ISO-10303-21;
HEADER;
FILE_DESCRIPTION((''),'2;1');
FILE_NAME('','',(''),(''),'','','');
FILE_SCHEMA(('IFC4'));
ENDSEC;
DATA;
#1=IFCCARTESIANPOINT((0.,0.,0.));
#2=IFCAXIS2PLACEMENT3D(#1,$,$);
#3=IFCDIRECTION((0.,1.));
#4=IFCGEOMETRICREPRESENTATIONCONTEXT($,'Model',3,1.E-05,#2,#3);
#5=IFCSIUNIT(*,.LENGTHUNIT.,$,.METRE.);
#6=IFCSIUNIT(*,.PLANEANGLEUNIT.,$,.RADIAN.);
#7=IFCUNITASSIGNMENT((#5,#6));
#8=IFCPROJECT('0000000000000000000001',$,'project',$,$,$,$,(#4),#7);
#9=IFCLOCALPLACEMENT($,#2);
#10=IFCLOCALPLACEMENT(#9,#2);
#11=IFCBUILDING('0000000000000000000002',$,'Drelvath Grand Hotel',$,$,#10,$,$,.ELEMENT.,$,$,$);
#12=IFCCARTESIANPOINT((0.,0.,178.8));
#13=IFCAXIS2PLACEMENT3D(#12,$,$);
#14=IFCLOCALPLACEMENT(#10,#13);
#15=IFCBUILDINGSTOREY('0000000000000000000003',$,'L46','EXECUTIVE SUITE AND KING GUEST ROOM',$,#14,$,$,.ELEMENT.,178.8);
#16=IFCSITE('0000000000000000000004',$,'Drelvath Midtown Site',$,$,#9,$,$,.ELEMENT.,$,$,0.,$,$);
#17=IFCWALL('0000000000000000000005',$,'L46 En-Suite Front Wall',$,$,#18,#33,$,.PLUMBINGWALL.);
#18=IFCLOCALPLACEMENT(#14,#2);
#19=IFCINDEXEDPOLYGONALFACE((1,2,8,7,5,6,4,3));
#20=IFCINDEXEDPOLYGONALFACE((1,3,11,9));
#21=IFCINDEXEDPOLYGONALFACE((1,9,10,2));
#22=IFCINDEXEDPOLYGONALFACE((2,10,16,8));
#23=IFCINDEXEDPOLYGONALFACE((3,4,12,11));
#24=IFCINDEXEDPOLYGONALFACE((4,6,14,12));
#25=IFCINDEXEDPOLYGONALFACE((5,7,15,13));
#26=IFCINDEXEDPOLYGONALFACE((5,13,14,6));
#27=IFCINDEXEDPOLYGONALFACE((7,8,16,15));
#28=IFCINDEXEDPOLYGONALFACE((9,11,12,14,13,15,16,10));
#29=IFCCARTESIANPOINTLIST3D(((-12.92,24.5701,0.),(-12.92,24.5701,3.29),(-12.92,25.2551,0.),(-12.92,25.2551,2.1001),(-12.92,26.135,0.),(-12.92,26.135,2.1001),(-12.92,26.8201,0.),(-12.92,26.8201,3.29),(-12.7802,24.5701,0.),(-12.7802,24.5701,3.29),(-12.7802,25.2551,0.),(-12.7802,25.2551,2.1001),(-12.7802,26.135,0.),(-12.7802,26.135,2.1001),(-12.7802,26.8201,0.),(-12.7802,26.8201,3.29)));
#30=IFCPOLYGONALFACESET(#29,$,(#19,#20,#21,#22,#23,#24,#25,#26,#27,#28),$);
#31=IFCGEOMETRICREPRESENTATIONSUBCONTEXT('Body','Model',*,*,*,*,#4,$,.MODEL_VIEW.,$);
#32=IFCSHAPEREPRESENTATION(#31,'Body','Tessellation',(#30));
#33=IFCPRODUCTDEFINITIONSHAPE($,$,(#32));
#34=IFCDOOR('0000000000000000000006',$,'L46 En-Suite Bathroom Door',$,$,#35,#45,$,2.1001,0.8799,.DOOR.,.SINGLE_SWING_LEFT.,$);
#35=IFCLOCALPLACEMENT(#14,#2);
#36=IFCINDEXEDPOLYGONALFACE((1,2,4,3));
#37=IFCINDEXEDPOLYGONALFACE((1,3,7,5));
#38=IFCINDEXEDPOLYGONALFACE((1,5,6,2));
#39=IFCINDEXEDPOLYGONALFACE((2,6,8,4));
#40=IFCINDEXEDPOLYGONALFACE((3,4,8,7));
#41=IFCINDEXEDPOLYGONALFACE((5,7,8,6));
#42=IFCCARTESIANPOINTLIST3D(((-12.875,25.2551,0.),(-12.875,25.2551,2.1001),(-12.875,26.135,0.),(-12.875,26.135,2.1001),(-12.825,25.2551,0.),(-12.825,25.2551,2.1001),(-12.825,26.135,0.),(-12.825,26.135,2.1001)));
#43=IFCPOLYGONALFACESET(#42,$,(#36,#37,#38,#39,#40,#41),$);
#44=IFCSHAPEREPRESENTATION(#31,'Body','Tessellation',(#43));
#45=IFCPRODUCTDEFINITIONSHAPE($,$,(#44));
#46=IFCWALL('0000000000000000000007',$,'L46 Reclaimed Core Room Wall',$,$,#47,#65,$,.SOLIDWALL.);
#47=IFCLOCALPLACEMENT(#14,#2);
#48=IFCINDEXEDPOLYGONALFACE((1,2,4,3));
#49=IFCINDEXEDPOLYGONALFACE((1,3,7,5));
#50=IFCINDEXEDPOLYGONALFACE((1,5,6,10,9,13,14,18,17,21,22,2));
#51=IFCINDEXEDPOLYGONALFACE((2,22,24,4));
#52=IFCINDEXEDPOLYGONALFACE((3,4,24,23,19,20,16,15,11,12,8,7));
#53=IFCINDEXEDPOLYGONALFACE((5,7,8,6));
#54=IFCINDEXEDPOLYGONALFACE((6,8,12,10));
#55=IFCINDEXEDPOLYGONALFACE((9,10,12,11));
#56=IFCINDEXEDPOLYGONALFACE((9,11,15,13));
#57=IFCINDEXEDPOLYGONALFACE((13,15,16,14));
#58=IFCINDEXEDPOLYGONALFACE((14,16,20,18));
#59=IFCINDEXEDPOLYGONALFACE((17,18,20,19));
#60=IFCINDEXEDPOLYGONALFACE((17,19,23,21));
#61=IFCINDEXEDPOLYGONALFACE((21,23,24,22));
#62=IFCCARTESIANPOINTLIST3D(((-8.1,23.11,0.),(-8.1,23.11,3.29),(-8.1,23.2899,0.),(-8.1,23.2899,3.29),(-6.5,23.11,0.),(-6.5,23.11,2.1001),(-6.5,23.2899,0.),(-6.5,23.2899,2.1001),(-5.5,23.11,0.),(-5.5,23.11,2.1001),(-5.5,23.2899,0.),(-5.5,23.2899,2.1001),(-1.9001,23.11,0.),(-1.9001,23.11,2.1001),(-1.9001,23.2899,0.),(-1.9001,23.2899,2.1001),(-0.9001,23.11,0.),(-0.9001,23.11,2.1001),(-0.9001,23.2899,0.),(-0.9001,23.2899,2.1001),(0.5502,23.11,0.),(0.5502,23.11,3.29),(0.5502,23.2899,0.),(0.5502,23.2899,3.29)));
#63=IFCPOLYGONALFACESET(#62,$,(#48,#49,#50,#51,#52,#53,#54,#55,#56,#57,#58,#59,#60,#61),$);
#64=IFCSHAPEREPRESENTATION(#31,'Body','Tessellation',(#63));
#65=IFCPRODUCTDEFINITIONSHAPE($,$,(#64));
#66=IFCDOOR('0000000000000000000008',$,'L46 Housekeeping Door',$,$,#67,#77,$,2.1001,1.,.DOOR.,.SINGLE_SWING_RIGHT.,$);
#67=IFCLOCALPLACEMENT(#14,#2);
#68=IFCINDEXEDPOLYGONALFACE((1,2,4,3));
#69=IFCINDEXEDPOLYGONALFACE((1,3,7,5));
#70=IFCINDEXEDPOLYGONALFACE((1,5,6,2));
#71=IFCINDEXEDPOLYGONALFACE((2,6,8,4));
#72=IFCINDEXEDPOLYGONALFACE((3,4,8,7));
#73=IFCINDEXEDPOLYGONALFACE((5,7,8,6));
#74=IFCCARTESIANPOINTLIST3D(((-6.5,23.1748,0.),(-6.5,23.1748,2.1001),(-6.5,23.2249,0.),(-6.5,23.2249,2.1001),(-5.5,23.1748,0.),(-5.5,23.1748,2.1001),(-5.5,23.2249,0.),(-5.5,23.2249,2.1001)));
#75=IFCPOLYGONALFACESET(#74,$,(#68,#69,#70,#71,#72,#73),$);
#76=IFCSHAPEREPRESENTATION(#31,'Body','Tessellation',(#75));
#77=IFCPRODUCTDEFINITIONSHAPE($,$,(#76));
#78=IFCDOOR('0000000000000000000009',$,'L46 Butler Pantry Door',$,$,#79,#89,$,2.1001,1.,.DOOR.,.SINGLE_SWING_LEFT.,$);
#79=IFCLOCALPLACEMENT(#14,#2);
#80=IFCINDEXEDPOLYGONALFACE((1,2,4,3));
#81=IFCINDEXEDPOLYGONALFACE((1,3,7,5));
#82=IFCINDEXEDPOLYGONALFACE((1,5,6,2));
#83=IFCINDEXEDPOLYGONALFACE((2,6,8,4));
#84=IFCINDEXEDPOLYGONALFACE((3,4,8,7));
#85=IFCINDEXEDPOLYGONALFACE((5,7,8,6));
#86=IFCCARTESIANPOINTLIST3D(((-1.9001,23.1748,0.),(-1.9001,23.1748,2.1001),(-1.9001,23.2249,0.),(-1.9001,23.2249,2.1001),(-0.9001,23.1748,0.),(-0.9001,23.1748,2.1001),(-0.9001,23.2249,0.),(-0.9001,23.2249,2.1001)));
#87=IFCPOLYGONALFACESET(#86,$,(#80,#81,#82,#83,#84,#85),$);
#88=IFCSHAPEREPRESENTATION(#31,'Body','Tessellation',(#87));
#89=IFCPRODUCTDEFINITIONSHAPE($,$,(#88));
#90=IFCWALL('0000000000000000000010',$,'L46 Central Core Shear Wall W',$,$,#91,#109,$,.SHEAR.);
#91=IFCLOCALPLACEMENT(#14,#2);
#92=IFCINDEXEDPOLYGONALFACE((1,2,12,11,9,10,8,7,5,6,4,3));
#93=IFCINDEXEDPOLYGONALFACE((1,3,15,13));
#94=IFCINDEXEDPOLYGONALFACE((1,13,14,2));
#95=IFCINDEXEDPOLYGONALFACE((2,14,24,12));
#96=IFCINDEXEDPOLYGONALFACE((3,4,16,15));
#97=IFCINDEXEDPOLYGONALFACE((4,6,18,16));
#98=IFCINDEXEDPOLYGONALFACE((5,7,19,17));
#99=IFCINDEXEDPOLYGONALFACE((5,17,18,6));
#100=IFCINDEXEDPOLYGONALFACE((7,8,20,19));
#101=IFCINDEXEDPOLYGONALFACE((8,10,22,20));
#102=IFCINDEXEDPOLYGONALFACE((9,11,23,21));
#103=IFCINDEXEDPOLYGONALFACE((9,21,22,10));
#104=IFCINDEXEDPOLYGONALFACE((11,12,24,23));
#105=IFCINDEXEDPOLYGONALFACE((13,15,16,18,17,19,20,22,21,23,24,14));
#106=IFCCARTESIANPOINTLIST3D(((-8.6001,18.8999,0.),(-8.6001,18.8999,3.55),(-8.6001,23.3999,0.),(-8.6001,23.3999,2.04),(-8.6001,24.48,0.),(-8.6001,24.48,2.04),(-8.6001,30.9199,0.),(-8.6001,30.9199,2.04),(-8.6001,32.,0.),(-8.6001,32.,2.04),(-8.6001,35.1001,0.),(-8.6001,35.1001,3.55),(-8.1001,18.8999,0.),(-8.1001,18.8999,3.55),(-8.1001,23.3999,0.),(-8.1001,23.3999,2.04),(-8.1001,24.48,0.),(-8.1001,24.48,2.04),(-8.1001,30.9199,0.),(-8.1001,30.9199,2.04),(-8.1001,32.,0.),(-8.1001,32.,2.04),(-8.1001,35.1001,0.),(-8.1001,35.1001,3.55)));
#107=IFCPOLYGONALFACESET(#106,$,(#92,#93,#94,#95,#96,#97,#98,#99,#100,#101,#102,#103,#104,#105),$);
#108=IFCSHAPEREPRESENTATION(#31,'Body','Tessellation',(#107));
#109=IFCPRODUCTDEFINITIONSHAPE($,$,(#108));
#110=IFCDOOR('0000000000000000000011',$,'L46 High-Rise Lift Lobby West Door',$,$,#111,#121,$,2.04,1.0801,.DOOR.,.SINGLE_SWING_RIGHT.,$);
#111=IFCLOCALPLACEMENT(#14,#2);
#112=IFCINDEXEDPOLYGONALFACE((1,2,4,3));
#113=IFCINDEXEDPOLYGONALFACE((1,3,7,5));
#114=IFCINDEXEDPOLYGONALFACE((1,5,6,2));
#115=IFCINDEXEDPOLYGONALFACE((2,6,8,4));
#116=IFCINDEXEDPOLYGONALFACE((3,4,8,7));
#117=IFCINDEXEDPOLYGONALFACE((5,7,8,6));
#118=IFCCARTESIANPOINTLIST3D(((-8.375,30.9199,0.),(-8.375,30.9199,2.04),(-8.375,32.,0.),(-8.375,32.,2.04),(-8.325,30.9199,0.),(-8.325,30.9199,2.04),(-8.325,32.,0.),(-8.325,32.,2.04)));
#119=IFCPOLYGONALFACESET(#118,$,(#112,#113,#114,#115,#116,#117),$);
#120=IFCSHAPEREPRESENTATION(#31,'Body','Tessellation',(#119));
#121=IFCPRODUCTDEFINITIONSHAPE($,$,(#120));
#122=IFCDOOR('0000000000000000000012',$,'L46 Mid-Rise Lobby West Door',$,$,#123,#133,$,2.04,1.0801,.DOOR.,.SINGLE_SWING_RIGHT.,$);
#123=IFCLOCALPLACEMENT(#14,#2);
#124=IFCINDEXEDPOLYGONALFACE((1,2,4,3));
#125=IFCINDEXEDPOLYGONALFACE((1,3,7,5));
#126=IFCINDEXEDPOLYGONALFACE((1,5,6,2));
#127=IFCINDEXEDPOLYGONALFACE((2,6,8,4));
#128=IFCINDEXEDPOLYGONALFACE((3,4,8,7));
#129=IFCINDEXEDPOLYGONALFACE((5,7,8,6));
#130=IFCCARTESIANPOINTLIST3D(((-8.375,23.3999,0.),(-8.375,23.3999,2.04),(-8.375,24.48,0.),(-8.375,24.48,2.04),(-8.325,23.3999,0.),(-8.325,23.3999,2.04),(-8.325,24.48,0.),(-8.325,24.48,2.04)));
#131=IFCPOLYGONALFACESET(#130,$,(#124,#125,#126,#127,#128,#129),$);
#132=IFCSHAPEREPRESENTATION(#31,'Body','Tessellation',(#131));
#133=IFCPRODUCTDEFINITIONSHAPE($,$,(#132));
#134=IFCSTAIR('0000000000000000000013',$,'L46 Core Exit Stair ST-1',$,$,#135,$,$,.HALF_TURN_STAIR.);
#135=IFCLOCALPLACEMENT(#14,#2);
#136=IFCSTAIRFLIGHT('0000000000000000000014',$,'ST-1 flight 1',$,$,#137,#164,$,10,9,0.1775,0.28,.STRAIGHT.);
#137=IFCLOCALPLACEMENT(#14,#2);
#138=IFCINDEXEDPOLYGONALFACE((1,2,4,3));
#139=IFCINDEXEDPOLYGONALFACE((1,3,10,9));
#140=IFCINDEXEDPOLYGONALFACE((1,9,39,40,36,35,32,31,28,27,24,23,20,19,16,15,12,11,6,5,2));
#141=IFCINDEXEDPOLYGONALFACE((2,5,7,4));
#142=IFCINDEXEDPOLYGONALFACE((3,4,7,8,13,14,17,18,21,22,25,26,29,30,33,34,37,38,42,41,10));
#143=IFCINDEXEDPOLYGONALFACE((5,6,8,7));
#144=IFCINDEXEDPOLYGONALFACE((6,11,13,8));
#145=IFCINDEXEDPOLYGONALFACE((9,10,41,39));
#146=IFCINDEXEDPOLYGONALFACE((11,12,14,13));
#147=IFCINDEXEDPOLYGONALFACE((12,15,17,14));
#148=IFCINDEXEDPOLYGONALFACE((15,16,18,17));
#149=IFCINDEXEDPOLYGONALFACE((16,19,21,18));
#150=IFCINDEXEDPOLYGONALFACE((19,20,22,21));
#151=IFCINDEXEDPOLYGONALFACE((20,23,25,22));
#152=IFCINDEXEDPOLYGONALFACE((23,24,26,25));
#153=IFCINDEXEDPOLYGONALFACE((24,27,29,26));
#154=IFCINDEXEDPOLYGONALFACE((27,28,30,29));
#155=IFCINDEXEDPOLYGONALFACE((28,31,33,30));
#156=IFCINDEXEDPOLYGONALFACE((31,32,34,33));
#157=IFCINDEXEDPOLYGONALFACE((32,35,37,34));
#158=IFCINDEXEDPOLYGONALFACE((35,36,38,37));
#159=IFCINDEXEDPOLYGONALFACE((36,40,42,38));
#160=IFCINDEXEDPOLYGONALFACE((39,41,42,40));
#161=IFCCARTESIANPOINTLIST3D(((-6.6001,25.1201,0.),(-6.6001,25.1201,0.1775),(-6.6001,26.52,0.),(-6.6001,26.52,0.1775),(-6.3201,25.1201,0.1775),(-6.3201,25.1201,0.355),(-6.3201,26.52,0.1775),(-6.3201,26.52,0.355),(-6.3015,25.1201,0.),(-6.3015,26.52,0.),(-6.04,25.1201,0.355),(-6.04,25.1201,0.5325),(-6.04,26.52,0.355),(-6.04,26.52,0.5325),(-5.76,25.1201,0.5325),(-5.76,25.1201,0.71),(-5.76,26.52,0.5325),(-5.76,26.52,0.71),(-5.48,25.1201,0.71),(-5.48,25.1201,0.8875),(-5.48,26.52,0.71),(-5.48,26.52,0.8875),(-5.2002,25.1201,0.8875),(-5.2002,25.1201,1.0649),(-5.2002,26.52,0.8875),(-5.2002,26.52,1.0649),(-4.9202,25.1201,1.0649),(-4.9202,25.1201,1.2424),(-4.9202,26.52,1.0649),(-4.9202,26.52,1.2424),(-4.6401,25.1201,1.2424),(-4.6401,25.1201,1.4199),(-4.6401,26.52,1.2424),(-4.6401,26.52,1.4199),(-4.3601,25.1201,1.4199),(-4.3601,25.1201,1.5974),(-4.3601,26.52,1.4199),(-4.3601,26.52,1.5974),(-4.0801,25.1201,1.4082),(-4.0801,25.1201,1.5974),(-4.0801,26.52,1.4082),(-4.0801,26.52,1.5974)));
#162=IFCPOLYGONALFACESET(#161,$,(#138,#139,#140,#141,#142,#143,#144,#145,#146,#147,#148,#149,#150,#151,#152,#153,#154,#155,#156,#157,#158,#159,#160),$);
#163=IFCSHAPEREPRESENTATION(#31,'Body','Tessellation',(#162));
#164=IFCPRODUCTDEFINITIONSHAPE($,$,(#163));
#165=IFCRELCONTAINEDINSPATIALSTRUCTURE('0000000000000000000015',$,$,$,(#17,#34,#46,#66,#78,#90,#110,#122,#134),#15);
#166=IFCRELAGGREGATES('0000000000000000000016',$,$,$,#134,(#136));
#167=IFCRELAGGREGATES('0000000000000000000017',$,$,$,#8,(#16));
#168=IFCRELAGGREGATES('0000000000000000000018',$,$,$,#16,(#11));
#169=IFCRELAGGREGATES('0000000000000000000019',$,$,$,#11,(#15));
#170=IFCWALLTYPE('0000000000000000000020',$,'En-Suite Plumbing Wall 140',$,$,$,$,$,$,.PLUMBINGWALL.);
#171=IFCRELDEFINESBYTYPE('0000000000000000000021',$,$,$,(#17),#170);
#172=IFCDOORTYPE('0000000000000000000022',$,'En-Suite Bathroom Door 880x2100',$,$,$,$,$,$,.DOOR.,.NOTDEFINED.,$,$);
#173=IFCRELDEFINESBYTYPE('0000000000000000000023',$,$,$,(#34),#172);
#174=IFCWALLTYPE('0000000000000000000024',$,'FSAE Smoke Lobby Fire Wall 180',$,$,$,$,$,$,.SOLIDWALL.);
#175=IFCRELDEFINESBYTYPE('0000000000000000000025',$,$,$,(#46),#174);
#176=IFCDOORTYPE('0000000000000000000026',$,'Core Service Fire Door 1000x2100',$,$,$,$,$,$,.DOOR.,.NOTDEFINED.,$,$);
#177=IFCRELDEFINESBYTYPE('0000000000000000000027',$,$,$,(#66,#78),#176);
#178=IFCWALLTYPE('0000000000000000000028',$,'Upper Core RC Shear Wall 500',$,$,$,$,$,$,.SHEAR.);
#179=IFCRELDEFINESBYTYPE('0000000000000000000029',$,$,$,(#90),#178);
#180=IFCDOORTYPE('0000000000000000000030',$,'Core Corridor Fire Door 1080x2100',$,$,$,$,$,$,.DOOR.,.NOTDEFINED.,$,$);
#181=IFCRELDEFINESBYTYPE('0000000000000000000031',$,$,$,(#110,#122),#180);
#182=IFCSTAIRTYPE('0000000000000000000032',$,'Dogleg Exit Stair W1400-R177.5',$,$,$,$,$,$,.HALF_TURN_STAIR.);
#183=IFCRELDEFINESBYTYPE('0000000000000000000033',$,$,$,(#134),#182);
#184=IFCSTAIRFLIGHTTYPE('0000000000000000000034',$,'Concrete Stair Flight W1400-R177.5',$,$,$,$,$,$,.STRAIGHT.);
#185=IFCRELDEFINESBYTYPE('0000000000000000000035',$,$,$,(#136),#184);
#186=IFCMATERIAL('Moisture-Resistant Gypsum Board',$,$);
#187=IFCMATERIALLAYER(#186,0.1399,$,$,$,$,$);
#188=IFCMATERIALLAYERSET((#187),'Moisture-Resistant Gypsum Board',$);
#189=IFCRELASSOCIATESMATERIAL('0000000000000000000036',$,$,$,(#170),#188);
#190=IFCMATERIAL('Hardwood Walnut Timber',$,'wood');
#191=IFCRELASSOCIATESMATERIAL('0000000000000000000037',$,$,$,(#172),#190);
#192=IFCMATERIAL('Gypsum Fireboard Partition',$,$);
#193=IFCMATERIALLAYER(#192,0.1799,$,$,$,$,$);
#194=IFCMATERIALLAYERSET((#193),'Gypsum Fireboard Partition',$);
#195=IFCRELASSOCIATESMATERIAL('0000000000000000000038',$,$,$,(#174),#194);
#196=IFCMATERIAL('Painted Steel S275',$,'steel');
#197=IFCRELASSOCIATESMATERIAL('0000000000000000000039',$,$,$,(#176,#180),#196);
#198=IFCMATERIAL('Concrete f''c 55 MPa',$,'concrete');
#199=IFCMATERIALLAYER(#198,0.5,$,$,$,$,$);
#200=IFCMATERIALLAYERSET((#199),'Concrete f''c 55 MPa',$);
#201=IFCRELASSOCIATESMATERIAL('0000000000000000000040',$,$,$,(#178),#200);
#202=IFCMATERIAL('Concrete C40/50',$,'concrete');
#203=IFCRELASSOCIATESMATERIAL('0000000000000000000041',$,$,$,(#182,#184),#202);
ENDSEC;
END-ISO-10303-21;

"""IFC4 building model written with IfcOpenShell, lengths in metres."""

from ifc_helpers import new_model, si_unit, direction, frame, frame_2d, origin, place, context, subcontext, project, spatial, polyline, rectangle, outline, extrude, material, layer, layer_set, type_object, element, fill, aggregate, save


model = new_model("IFC4")

# Units and contexts
model_context = context("Model", 3, precision=1e-05, world=origin(), true_north=direction((0.0, 1.0)))
body_context = subcontext(model_context, "Body", "Model", "MODEL_VIEW")
ifc_project = project(units=[si_unit("LENGTHUNIT", "METRE"), si_unit("PLANEANGLEUNIT", "RADIAN")], contexts=[model_context])

# Site, building, storey
site_placement = place(None, origin())
site = spatial("IfcSite", under=ifc_project, at=site_placement, Name="Drelvath Midtown Site", CompositionType="ELEMENT", RefElevation=0.0)
building_placement = place(site_placement, origin())
building = spatial("IfcBuilding", under=site, at=building_placement, Name="Drelvath Grand Hotel", CompositionType="ELEMENT")
storey_placement = place(building_placement, frame((0.0, 0.0, 178.8)))
storey = spatial("IfcBuildingStorey", under=building, at=storey_placement, Name="L46", Description="EXECUTIVE SUITE AND KING GUEST ROOM", CompositionType="ELEMENT", Elevation=178.8)

# Shared definitions
ifc_material_1 = material(Name="Concrete f'c 55 MPa", Category="concrete")

# Shared definitions
ifc_material_2 = material(Name="Concrete C40/50", Category="concrete")
ifc_material_3 = material(Name="Painted Steel S275", Category="steel")
ifc_material_4 = material(Name="Gypsum Fireboard Partition")

# Shared definitions
ifc_material_5 = material(Name="Moisture-Resistant Gypsum Board")
ifc_layer_1 = layer(ifc_material_5, 0.1399)
ifc_layer_set_1 = layer_set([ifc_layer_1], Name="Moisture-Resistant Gypsum Board")
wall_type_1 = type_object("IfcWallType", Name="En-Suite Plumbing Wall 140", PredefinedType="PLUMBINGWALL", material=ifc_layer_set_1)

# Wall, opening, door
wall_1_placement = place(storey_placement, frame((-12.8501, 24.5701, 0.0), z_axis=(0.0, 0.0, 1.0), x_axis=(0.0, 1.0, 0.0)))
wall_1 = element("IfcWall", 1, at=wall_1_placement, inside=storey, type_object=wall_type_1, Name="L46 En-Suite Front Wall", PredefinedType="PLUMBINGWALL", context=body_context, shape_type="SweptSolid", body=[
    extrude(rectangle(XDim=2.25, YDim=0.1399, at=frame_2d((1.125, 0.0))), origin(), (0.0, 0.0, 1.0), 3.29),
])
opening_1_placement = place(wall_1_placement, frame((0.6851, 0.0, 0.0)))
opening_1 = element("IfcOpeningElement", 2, at=opening_1_placement, cuts=wall_1, PredefinedType="OPENING", context=body_context, shape_type="SweptSolid", body=[
    extrude(rectangle(XDim=0.8799, YDim=2.1001, at=frame_2d((0.4399, 1.05))), frame((0.0, 0.0798, 0.0), z_axis=(0.0, -1.0, 0.0), x_axis=(1.0, 0.0, 0.0)), (0.0, 0.0, 1.0), 0.1599),
])
ifc_material_6 = material(Name="Hardwood Walnut Timber", Category="wood")
door_type_1 = type_object("IfcDoorType", Name="En-Suite Bathroom Door 880x2100", OperationType="NOTDEFINED", PredefinedType="DOOR", material=ifc_material_6)
door_1_placement = place(opening_1_placement, origin())
door_1 = element("IfcDoor", 3, at=door_1_placement, inside=storey, type_object=door_type_1, Name="L46 En-Suite Bathroom Door", OperationType="SINGLE_SWING_LEFT", OverallHeight=2.1001, OverallWidth=0.8799, PredefinedType="DOOR", context=body_context, shape_type="SweptSolid", body=[
    extrude(rectangle(XDim=0.8799, YDim=2.1001, at=frame_2d((0.4399, 1.05))), frame((0.0, 0.0249, 0.0), z_axis=(0.0, -1.0, 0.0), x_axis=(1.0, 0.0, 0.0)), (0.0, 0.0, 1.0), 0.05),
])
fill(opening_1, door_1)

# Walls, openings, doors
ifc_layer_2 = layer(ifc_material_4, 0.1799)
ifc_layer_set_2 = layer_set([ifc_layer_2], Name="Gypsum Fireboard Partition")
wall_type_2 = type_object("IfcWallType", Name="FSAE Smoke Lobby Fire Wall 180", PredefinedType="SOLIDWALL", material=ifc_layer_set_2)
wall_2_placement = place(storey_placement, frame((-8.1001, 23.2, 0.0), z_axis=(0.0, 0.0, 1.0), x_axis=(1.0, 0.0, 0.0)))
wall_2 = element("IfcWall", 4, at=wall_2_placement, inside=storey, type_object=wall_type_2, Name="L46 Reclaimed Core Room Wall", PredefinedType="SOLIDWALL", context=body_context, shape_type="SweptSolid", body=[
    extrude(rectangle(XDim=8.6501, YDim=0.1799, at=frame_2d((4.3252, 0.0))), origin(), (0.0, 0.0, 1.0), 3.29),
])
opening_2_placement = place(wall_2_placement, frame((1.6001, 0.0, 0.0)))
opening_2 = element("IfcOpeningElement", 5, at=opening_2_placement, cuts=wall_2, PredefinedType="OPENING", context=body_context, shape_type="SweptSolid", body=[
    extrude(rectangle(XDim=1.0, YDim=2.1001, at=frame_2d((0.5, 1.05))), frame((0.0, 0.0999, 0.0), z_axis=(0.0, -1.0, 0.0), x_axis=(1.0, 0.0, 0.0)), (0.0, 0.0, 1.0), 0.2),
])
opening_3_placement = place(wall_2_placement, frame((6.2, 0.0, 0.0)))
opening_3 = element("IfcOpeningElement", 6, at=opening_3_placement, cuts=wall_2, PredefinedType="OPENING", context=body_context, shape_type="SweptSolid", body=[
    extrude(rectangle(XDim=1.0, YDim=2.1001, at=frame_2d((0.5, 1.05))), frame((0.0, 0.0999, 0.0), z_axis=(0.0, -1.0, 0.0), x_axis=(1.0, 0.0, 0.0)), (0.0, 0.0, 1.0), 0.2),
])
door_type_2 = type_object("IfcDoorType", Name="Core Service Fire Door 1000x2100", OperationType="NOTDEFINED", PredefinedType="DOOR", material=ifc_material_3)
door_2_placement = place(opening_2_placement, origin())
door_2 = element("IfcDoor", 7, at=door_2_placement, inside=storey, type_object=door_type_2, Name="L46 Housekeeping Door", OperationType="SINGLE_SWING_RIGHT", OverallHeight=2.1001, OverallWidth=1.0, PredefinedType="DOOR", context=body_context, shape_type="SweptSolid", body=[
    extrude(rectangle(XDim=1.0, YDim=2.1001, at=frame_2d((0.5, 1.05))), frame((0.0, 0.0249, 0.0), z_axis=(0.0, -1.0, 0.0), x_axis=(1.0, 0.0, 0.0)), (0.0, 0.0, 1.0), 0.05),
])
fill(opening_2, door_2)
door_3_placement = place(opening_3_placement, origin())
door_3 = element("IfcDoor", 8, at=door_3_placement, inside=storey, type_object=door_type_2, Name="L46 Butler Pantry Door", OperationType="SINGLE_SWING_LEFT", OverallHeight=2.1001, OverallWidth=1.0, PredefinedType="DOOR", context=body_context, shape_type="SweptSolid", body=[
    extrude(rectangle(XDim=1.0, YDim=2.1001, at=frame_2d((0.5, 1.05))), frame((0.0, 0.0249, 0.0), z_axis=(0.0, -1.0, 0.0), x_axis=(1.0, 0.0, 0.0)), (0.0, 0.0, 1.0), 0.05),
])
fill(opening_3, door_3)
ifc_layer_3 = layer(ifc_material_1, 0.5)
ifc_layer_set_3 = layer_set([ifc_layer_3], Name="Concrete f'c 55 MPa")
wall_type_3 = type_object("IfcWallType", Name="Upper Core RC Shear Wall 500", PredefinedType="SHEAR", material=ifc_layer_set_3)
wall_3_placement = place(storey_placement, frame((-8.3501, 18.8999, 0.0), z_axis=(0.0, 0.0, 1.0), x_axis=(0.0, 1.0, 0.0)))
wall_3 = element("IfcWall", 9, at=wall_3_placement, inside=storey, type_object=wall_type_3, Name="L46 Central Core Shear Wall W", PredefinedType="SHEAR", context=body_context, shape_type="SweptSolid", body=[
    extrude(rectangle(XDim=16.2002, YDim=0.5, at=frame_2d((8.1001, 0.0))), origin(), (0.0, 0.0, 1.0), 3.55),
])
opening_4_placement = place(wall_3_placement, frame((12.02, 0.0, 0.0)))
opening_4 = element("IfcOpeningElement", 10, at=opening_4_placement, cuts=wall_3, PredefinedType="OPENING", context=body_context, shape_type="SweptSolid", body=[
    extrude(rectangle(XDim=1.0801, YDim=2.04, at=frame_2d((0.54, 1.02))), frame((0.0, 0.26, 0.0), z_axis=(0.0, -1.0, 0.0), x_axis=(1.0, 0.0, 0.0)), (0.0, 0.0, 1.0), 0.52),
])
opening_5_placement = place(wall_3_placement, frame((4.5, 0.0, 0.0)))
opening_5 = element("IfcOpeningElement", 11, at=opening_5_placement, cuts=wall_3, PredefinedType="OPENING", context=body_context, shape_type="SweptSolid", body=[
    extrude(rectangle(XDim=1.0801, YDim=2.04, at=frame_2d((0.54, 1.02))), frame((0.0, 0.26, 0.0), z_axis=(0.0, -1.0, 0.0), x_axis=(1.0, 0.0, 0.0)), (0.0, 0.0, 1.0), 0.52),
])
door_type_3 = type_object("IfcDoorType", Name="Core Corridor Fire Door 1080x2100", OperationType="NOTDEFINED", PredefinedType="DOOR", material=ifc_material_3)
door_4_placement = place(opening_4_placement, origin())
door_4 = element("IfcDoor", 12, at=door_4_placement, inside=storey, type_object=door_type_3, Name="L46 High-Rise Lift Lobby West Door", OperationType="SINGLE_SWING_RIGHT", OverallHeight=2.04, OverallWidth=1.0801, PredefinedType="DOOR", context=body_context, shape_type="SweptSolid", body=[
    extrude(rectangle(XDim=1.0801, YDim=2.04, at=frame_2d((0.54, 1.02))), frame((0.0, 0.0249, 0.0), z_axis=(0.0, -1.0, 0.0), x_axis=(1.0, 0.0, 0.0)), (0.0, 0.0, 1.0), 0.05),
])
fill(opening_4, door_4)
door_5_placement = place(opening_5_placement, origin())
door_5 = element("IfcDoor", 13, at=door_5_placement, inside=storey, type_object=door_type_3, Name="L46 Mid-Rise Lobby West Door", OperationType="SINGLE_SWING_RIGHT", OverallHeight=2.04, OverallWidth=1.0801, PredefinedType="DOOR", context=body_context, shape_type="SweptSolid", body=[
    extrude(rectangle(XDim=1.0801, YDim=2.04, at=frame_2d((0.54, 1.02))), frame((0.0, 0.0249, 0.0), z_axis=(0.0, -1.0, 0.0), x_axis=(1.0, 0.0, 0.0)), (0.0, 0.0, 1.0), 0.05),
])
fill(opening_5, door_5)

# Stair, stair flight
stair_type = type_object("IfcStairType", Name="Dogleg Exit Stair W1400-R177.5", PredefinedType="HALF_TURN_STAIR", material=ifc_material_2)
stair_placement = place(storey_placement, origin())
stair = element("IfcStair", 14, at=stair_placement, inside=storey, type_object=stair_type, Name="L46 Core Exit Stair ST-1", PredefinedType="HALF_TURN_STAIR")
stair_flight_type = type_object("IfcStairFlightType", Name="Concrete Stair Flight W1400-R177.5", PredefinedType="STRAIGHT", material=ifc_material_2)
stair_flight_placement = place(storey_placement, frame((-6.6001, 25.8201, 0.0), z_axis=(0.0, 0.0, 1.0), x_axis=(1.0, 0.0, 0.0)))
stair_flight = element("IfcStairFlight", 15, at=stair_flight_placement, type_object=stair_flight_type, Name="ST-1 flight 1", NumberOfRisers=10, NumberOfTreads=9, PredefinedType="STRAIGHT", RiserHeight=0.1775, TreadLength=0.28, context=body_context, shape_type="SweptSolid", body=[
    extrude(outline(polyline([(0.0, 0.0), (0.0, 0.1775), (0.28, 0.1775), (0.28, 0.355), (0.5601, 0.355), (0.5601, 0.5325), (0.8401, 0.5325), (0.8401, 0.71), (1.1201, 0.71), (1.1201, 0.8875), (1.3999, 0.8875), (1.3999, 1.0649), (1.6799, 1.0649), (1.6799, 1.2424), (1.96, 1.2424), (1.96, 1.4199), (2.24, 1.4199), (2.24, 1.5974), (2.52, 1.5974), (2.52, 1.7749), (2.52, 1.4082), (0.2986, 0.0), (0.0, 0.0)])), frame((0.0, 0.7, 0.0), z_axis=(0.0, -1.0, 0.0), x_axis=(1.0, 0.0, 0.0)), (0.0, 0.0, 1.0), 1.3999),
])
aggregate(stair, [stair_flight])

save(model, "model.ifc")
